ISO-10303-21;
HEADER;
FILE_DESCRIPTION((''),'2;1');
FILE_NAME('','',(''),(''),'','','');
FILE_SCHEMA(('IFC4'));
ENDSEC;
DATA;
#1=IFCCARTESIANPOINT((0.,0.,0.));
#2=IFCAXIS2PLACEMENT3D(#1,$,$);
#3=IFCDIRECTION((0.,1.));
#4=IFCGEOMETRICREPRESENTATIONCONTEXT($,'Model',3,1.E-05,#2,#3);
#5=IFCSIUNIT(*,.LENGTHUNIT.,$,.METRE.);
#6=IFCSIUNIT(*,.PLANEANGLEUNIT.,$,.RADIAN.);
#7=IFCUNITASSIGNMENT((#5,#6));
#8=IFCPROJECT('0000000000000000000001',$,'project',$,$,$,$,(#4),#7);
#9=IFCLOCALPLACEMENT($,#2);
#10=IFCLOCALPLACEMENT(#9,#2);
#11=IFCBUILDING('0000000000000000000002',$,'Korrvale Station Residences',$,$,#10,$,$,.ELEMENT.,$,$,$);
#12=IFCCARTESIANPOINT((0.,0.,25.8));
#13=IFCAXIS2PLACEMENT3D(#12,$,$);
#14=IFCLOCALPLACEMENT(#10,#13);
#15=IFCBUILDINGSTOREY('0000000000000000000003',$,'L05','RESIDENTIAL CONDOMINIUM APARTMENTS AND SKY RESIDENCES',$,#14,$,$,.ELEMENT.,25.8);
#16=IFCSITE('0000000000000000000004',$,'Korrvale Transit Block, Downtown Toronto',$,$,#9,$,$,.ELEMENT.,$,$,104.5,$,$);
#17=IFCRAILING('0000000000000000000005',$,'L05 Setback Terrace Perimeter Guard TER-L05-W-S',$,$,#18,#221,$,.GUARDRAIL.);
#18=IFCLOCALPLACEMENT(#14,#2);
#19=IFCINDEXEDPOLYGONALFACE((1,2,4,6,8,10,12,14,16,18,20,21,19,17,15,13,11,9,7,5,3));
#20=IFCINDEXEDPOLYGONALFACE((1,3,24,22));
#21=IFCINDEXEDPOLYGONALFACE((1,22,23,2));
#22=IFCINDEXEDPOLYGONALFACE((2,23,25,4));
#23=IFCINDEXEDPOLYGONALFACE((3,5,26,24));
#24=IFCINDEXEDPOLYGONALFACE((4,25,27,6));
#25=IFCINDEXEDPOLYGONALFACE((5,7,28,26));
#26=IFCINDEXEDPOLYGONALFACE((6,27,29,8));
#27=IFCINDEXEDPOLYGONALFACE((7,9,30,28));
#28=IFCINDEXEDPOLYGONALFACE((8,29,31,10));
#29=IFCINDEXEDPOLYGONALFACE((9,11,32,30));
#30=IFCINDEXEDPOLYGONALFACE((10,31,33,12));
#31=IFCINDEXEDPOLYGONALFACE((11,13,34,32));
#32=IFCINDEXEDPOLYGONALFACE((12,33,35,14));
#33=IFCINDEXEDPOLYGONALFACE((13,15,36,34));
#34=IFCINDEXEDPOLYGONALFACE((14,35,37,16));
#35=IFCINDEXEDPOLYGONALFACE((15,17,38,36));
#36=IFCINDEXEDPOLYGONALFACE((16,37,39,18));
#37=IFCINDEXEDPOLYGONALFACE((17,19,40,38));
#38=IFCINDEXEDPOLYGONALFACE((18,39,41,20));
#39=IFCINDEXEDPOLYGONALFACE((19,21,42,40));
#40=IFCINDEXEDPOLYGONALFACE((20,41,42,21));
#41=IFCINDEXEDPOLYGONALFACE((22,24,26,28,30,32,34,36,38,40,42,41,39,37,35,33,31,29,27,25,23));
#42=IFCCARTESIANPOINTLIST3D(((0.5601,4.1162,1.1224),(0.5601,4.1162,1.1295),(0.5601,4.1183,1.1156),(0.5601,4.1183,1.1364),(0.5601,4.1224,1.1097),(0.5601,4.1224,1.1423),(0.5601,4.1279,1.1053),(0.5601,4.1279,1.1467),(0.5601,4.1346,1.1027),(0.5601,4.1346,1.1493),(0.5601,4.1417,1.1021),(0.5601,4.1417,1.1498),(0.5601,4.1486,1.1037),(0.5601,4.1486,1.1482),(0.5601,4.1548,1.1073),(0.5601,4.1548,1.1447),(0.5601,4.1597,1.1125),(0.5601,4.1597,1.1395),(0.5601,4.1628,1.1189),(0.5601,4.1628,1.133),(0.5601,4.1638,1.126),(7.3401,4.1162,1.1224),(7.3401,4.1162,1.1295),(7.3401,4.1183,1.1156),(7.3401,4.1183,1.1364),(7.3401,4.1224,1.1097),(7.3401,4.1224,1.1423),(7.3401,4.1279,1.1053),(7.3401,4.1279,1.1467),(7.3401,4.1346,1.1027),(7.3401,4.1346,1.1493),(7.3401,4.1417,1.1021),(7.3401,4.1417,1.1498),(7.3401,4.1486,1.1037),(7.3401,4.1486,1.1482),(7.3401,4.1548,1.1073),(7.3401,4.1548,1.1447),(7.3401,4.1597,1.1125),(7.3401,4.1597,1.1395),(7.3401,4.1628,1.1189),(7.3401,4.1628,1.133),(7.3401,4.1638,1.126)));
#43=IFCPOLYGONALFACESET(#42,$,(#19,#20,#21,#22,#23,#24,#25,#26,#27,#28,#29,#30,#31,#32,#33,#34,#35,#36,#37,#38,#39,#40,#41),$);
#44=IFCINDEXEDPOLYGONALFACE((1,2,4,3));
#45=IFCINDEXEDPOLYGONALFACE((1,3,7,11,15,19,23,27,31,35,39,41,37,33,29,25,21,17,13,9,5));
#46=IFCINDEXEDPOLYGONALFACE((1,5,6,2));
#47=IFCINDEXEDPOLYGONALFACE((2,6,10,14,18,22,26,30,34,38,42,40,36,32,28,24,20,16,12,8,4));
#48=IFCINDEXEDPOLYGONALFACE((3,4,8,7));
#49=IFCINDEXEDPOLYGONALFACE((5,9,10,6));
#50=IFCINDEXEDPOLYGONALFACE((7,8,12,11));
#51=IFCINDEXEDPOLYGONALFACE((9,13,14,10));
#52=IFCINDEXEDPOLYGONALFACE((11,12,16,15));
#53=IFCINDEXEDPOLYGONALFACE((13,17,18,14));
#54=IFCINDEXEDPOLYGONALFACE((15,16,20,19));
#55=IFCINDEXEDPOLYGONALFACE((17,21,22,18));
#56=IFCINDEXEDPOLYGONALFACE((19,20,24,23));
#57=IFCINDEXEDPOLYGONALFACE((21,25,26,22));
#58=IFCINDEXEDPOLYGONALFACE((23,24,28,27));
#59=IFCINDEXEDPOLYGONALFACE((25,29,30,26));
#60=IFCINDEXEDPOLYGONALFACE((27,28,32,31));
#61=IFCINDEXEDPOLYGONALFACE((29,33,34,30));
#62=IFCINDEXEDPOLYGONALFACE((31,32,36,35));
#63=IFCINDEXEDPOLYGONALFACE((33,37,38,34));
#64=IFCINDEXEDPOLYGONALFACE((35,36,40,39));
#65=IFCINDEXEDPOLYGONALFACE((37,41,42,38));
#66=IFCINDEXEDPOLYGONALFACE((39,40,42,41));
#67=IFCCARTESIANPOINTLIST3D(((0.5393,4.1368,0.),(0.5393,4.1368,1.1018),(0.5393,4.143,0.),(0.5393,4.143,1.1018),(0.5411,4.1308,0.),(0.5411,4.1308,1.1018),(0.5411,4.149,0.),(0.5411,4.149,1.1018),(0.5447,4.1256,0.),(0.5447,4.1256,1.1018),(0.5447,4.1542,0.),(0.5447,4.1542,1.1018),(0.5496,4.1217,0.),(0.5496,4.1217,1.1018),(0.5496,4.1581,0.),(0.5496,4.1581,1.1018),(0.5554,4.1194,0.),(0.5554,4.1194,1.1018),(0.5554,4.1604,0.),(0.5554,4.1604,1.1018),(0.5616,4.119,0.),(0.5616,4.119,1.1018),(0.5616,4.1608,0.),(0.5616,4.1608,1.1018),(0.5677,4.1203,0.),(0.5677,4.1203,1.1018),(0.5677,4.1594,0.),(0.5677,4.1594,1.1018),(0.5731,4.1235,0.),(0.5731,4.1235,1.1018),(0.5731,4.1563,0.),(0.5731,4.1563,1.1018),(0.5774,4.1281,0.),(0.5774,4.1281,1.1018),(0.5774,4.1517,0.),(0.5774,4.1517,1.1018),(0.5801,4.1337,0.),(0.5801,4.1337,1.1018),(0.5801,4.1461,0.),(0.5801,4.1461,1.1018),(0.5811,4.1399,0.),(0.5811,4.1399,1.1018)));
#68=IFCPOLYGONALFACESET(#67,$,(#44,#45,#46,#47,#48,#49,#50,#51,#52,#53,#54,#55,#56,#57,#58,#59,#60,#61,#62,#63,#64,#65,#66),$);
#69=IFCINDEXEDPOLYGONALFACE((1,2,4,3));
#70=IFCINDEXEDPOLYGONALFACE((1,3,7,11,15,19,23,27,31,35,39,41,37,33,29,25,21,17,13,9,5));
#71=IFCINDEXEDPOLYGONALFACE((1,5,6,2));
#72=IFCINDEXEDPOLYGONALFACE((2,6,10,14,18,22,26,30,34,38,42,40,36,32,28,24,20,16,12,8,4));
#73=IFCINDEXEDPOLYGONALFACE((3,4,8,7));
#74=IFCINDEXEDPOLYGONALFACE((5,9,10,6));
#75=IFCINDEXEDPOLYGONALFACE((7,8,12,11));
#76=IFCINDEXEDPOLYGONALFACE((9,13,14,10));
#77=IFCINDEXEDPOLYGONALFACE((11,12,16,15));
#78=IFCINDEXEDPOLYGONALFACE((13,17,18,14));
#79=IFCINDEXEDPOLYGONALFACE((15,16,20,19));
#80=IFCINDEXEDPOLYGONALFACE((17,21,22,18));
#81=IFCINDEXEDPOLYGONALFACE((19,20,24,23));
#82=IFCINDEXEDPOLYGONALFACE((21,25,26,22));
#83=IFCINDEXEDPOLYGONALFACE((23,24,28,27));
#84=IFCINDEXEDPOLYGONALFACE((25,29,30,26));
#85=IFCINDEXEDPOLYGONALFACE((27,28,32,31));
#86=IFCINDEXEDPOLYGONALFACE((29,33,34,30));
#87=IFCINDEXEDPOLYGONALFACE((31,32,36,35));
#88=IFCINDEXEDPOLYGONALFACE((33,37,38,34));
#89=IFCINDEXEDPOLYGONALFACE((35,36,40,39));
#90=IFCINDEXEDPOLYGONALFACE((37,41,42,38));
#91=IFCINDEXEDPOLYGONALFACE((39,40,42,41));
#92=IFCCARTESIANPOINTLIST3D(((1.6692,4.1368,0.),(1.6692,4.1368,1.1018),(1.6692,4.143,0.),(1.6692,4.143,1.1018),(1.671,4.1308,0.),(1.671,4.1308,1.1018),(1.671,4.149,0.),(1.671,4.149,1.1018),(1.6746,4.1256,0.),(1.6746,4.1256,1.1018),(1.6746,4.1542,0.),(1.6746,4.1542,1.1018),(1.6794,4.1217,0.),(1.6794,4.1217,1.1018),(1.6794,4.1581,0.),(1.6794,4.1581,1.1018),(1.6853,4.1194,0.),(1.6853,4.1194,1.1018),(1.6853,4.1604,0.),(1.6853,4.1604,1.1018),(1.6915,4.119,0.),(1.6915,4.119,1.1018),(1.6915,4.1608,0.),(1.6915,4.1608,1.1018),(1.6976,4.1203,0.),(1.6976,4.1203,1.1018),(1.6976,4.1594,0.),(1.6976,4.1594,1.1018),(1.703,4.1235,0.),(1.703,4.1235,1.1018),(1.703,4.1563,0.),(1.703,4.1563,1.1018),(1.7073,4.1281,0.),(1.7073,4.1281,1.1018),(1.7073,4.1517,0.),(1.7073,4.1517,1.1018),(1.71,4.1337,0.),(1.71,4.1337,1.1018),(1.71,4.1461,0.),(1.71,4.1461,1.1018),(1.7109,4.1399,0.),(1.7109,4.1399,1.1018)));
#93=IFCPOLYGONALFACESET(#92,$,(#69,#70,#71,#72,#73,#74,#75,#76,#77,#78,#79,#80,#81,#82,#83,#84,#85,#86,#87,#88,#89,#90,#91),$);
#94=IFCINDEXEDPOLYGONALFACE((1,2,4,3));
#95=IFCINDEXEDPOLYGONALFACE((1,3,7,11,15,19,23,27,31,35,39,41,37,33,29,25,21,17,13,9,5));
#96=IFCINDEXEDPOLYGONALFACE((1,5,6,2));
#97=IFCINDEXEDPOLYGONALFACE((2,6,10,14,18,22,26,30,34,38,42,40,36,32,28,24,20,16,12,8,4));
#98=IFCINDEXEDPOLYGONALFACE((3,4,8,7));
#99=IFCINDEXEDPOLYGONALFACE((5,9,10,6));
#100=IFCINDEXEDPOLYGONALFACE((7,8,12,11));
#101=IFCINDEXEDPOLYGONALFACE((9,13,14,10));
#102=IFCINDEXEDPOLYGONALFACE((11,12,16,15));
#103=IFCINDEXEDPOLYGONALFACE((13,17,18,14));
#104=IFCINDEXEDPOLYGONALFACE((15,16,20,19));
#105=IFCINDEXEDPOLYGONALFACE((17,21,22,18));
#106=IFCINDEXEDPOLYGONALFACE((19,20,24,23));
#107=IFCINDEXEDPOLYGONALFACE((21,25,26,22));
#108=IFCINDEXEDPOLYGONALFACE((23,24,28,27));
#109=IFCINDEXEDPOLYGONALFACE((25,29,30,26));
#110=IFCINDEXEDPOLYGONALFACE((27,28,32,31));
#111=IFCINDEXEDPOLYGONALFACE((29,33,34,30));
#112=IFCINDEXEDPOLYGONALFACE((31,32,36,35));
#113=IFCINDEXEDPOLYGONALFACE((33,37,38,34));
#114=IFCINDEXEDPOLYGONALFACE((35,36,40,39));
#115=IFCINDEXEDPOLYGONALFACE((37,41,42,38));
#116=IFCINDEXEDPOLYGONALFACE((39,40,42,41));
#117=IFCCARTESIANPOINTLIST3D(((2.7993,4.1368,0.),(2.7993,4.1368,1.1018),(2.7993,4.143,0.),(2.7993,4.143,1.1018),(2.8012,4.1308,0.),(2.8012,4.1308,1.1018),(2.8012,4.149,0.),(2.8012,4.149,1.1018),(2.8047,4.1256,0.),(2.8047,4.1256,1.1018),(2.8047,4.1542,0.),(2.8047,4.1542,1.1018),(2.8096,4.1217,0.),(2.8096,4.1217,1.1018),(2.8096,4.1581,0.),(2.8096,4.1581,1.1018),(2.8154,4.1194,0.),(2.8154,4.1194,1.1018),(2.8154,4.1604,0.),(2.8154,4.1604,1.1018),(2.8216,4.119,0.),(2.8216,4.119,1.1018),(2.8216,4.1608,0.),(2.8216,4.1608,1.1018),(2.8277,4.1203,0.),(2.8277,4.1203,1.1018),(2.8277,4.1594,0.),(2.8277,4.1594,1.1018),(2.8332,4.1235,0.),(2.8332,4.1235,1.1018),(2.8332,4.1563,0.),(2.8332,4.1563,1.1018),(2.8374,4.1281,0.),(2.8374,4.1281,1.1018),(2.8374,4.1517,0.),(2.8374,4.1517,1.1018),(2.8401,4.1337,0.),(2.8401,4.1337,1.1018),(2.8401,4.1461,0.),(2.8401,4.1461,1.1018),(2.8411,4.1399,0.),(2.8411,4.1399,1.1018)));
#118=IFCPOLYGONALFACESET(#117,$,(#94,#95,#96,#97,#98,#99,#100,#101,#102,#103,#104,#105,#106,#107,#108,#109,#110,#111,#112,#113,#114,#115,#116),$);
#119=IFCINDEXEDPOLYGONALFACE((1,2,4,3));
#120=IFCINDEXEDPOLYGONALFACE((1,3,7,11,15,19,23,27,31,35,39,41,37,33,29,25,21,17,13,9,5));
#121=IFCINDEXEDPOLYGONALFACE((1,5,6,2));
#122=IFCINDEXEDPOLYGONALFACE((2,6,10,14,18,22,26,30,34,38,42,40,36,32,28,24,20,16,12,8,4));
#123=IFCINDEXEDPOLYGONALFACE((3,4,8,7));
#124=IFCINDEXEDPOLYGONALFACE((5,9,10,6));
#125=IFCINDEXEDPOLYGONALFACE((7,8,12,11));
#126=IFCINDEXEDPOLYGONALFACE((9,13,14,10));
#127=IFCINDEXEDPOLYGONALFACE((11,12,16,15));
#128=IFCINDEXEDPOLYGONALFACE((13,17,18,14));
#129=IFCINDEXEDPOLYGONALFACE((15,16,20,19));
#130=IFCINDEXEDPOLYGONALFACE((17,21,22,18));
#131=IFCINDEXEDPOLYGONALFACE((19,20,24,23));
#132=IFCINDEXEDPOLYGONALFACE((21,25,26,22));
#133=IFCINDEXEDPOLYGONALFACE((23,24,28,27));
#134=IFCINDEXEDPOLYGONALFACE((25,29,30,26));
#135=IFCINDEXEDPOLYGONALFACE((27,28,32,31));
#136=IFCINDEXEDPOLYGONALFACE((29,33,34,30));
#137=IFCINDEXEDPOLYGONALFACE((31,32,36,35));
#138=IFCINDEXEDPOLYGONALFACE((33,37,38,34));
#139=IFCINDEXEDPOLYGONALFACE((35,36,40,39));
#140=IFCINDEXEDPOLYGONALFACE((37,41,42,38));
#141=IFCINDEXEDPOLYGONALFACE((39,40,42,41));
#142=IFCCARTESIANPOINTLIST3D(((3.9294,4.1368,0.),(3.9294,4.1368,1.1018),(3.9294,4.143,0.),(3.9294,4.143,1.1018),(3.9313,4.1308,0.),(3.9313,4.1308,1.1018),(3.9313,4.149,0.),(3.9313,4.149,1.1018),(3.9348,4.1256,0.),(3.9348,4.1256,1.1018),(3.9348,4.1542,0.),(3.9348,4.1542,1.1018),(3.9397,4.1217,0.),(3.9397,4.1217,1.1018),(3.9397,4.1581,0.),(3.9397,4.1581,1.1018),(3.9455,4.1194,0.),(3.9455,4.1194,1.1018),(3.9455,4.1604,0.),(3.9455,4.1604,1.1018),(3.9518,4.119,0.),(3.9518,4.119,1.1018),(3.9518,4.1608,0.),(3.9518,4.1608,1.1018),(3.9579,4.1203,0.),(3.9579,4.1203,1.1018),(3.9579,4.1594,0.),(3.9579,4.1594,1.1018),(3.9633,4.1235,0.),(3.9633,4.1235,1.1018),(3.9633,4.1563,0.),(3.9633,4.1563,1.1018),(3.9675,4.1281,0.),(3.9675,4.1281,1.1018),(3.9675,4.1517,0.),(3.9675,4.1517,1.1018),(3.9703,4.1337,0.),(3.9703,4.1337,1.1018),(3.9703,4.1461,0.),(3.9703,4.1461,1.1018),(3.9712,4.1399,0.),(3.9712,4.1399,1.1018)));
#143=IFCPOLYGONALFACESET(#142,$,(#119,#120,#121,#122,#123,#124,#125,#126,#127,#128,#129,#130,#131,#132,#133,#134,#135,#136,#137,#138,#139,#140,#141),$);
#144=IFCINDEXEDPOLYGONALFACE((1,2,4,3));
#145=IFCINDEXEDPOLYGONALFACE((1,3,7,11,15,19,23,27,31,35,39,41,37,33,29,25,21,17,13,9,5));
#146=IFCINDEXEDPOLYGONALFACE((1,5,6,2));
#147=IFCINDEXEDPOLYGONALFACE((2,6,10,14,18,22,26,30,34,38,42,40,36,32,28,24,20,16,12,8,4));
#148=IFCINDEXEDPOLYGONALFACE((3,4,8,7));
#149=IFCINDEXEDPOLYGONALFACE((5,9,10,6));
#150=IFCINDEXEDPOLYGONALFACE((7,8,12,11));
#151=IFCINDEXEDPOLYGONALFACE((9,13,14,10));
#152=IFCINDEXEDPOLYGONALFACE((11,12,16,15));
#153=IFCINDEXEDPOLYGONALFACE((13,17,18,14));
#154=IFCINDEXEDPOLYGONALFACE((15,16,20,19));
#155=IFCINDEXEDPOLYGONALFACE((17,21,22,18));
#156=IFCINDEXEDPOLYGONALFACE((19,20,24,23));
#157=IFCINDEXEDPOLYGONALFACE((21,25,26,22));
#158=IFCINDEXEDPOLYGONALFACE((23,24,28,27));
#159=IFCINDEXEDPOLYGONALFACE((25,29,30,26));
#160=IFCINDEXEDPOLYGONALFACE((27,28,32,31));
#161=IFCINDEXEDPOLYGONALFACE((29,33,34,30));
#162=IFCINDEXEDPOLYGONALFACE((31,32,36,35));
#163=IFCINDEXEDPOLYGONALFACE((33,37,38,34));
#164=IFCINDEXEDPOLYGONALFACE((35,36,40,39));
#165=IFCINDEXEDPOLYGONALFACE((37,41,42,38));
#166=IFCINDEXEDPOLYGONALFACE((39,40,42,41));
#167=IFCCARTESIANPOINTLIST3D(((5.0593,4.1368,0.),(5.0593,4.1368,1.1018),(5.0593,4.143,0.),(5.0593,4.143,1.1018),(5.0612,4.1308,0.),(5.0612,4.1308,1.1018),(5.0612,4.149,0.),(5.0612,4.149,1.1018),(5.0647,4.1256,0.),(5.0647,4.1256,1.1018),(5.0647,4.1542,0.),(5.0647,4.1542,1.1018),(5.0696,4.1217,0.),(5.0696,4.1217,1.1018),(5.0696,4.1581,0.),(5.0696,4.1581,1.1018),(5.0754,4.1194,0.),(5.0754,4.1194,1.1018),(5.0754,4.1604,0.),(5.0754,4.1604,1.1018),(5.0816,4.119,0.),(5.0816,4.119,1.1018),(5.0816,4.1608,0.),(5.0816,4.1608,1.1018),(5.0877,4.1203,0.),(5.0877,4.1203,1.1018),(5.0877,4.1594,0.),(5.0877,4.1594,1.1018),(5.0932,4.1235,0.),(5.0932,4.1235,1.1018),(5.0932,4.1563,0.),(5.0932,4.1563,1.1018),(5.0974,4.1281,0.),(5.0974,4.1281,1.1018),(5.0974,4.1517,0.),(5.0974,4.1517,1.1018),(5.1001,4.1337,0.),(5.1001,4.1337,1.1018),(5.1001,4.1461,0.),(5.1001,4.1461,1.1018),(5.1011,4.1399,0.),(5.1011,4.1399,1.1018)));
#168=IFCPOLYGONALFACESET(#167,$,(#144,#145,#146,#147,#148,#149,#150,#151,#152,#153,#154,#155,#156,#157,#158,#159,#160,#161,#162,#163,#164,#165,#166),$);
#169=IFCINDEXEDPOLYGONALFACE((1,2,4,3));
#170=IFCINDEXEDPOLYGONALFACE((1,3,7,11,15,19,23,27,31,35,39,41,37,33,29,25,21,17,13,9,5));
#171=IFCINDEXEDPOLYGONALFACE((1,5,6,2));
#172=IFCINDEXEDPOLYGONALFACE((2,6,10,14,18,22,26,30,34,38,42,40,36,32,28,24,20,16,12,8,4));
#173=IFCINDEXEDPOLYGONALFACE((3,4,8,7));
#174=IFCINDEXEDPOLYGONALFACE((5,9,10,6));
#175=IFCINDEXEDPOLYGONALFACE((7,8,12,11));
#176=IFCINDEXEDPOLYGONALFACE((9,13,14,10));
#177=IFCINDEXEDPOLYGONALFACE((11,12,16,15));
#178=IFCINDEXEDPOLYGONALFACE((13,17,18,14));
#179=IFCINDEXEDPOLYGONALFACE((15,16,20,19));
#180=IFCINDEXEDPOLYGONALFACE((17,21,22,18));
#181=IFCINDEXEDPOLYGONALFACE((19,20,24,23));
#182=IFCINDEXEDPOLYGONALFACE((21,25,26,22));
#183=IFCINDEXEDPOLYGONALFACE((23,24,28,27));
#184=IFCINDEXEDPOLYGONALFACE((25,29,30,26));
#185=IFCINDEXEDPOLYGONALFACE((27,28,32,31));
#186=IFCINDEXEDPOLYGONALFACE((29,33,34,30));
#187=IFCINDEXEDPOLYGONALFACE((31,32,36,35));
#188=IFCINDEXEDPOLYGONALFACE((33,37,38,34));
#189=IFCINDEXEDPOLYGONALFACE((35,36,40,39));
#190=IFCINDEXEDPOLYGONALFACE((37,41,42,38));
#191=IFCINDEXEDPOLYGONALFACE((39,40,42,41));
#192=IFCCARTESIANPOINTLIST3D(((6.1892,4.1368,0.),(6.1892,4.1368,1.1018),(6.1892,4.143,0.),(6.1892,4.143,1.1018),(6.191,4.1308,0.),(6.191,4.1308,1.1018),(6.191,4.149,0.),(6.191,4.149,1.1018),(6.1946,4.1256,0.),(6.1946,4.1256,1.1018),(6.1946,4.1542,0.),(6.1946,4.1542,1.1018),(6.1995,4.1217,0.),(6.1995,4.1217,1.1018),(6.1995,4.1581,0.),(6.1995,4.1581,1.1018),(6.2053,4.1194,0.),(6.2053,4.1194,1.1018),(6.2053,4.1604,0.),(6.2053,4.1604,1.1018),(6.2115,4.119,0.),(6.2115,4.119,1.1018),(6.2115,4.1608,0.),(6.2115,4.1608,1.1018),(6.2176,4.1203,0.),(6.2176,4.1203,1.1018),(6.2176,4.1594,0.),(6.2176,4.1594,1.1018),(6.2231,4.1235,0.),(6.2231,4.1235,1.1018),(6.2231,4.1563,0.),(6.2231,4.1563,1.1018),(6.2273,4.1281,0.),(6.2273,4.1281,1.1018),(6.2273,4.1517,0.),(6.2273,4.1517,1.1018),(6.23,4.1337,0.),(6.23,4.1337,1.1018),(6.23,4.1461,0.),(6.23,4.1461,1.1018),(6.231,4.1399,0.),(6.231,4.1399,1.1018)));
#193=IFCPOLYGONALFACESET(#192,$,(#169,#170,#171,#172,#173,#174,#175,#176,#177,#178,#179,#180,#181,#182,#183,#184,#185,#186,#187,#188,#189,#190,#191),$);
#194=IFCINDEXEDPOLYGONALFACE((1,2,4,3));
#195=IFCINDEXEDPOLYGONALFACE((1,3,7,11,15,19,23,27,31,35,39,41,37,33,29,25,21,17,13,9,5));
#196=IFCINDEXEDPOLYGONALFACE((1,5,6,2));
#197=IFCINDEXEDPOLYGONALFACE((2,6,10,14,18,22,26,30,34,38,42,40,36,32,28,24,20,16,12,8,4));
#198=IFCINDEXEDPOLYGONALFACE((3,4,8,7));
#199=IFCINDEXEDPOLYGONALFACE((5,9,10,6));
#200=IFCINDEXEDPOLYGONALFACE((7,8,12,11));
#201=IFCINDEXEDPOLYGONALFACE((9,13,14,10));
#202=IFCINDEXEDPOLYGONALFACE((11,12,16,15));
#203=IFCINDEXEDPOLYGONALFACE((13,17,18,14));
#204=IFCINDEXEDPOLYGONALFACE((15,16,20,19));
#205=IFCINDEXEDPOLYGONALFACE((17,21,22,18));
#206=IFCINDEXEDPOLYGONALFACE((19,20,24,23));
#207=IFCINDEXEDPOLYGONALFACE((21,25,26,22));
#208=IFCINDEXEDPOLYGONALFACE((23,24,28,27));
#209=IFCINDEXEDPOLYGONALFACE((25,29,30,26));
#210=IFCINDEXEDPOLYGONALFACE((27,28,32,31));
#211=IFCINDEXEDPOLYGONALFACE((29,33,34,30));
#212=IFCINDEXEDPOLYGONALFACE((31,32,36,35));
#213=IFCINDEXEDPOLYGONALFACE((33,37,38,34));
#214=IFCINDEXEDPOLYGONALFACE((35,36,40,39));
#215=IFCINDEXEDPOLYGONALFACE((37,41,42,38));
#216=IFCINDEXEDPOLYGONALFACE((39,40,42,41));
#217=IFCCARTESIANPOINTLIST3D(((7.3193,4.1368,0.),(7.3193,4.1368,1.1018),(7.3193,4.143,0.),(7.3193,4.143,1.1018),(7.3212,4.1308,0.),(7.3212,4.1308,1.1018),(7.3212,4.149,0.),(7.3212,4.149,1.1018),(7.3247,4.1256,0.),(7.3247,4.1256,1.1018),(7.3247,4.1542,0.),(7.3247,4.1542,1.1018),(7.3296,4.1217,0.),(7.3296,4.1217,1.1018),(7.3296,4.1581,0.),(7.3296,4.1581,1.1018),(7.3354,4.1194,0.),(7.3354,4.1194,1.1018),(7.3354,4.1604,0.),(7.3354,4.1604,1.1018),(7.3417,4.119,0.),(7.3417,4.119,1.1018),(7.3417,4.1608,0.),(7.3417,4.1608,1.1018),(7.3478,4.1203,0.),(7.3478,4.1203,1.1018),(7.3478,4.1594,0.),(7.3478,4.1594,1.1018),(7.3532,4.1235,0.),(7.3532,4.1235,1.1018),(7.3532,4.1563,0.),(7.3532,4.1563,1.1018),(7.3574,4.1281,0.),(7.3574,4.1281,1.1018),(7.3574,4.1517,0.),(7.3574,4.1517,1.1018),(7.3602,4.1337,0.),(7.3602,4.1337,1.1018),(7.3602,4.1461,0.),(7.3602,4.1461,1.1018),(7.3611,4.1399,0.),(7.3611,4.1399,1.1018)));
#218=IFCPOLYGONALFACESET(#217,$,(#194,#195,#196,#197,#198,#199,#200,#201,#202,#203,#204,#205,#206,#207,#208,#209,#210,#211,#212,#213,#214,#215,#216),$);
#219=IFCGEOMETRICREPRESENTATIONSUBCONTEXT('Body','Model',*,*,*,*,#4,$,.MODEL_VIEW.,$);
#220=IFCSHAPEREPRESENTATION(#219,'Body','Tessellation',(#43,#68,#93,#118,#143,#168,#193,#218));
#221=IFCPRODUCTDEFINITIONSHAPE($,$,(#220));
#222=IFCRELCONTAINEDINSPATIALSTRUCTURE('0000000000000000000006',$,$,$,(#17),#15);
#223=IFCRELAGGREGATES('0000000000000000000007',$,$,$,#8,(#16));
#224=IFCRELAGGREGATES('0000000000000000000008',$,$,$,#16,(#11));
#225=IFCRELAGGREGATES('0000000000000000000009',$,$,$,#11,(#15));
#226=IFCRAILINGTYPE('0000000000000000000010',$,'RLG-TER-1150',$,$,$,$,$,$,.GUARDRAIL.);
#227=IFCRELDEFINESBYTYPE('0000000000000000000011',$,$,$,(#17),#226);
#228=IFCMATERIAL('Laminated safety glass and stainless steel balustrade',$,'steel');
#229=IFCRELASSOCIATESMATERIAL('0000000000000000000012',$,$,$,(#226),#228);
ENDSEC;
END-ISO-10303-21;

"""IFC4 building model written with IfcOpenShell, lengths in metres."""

from ifc_helpers import new_model, si_unit, direction, frame, origin, origin_2d, place, context, subcontext, project, spatial, circle, extrude, material, type_object, element, save


model = new_model("IFC4")

# Units and contexts
model_context = context("Model", 3, precision=1e-05, world=origin(), true_north=direction((0.0, 1.0)))
body_context = subcontext(model_context, "Body", "Model", "MODEL_VIEW")
ifc_project = project(units=[si_unit("LENGTHUNIT", "METRE"), si_unit("PLANEANGLEUNIT", "RADIAN")], contexts=[model_context])

# Site, building, storey
site_placement = place(None, origin())
site = spatial("IfcSite", under=ifc_project, at=site_placement, Name="Korrvale Transit Block, Downtown Toronto", CompositionType="ELEMENT", RefElevation=104.5)
building_placement = place(site_placement, origin())
building = spatial("IfcBuilding", under=site, at=building_placement, Name="Korrvale Station Residences", CompositionType="ELEMENT")
storey_placement = place(building_placement, frame((0.0, 0.0, 25.8)))
storey = spatial("IfcBuildingStorey", under=building, at=storey_placement, Name="L05", Description="RESIDENTIAL CONDOMINIUM APARTMENTS AND SKY RESIDENCES", CompositionType="ELEMENT", Elevation=25.8)

# Railing
ifc_material_1 = material(Name="Laminated safety glass and stainless steel balustrade", Category="steel")
railing_type_1 = type_object("IfcRailingType", Name="RLG-TER-1150", PredefinedType="GUARDRAIL", material=ifc_material_1)
railing_1_placement = place(storey_placement, frame((0.5601, 4.1399, 0.0)))
element("IfcRailing", 1, at=railing_1_placement, inside=storey, type_object=railing_type_1, Name="L05 Setback Terrace Perimeter Guard TER-L05-W-S", PredefinedType="GUARDRAIL", context=body_context, shape_type="SweptSolid", body=[
    extrude(circle(Radius=0.0239, at=origin_2d()), frame((0.0, 0.0, 1.126), z_axis=(1.0, 0.0, 0.0), x_axis=(0.0, 1.0, 0.0)), (0.0, 0.0, 1.0), 6.78),
    extrude(circle(Radius=0.021, at=origin_2d()), origin(), (0.0, 0.0, 1.0), 1.1018),
    extrude(circle(Radius=0.021, at=origin_2d()), frame((1.1299, 0.0, 0.0)), (0.0, 0.0, 1.0), 1.1018),
    extrude(circle(Radius=0.021, at=origin_2d()), frame((2.26, 0.0, 0.0)), (0.0, 0.0, 1.0), 1.1018),
    extrude(circle(Radius=0.021, at=origin_2d()), frame((3.3901, 0.0, 0.0)), (0.0, 0.0, 1.0), 1.1018),
    extrude(circle(Radius=0.021, at=origin_2d()), frame((4.52, 0.0, 0.0)), (0.0, 0.0, 1.0), 1.1018),
    extrude(circle(Radius=0.021, at=origin_2d()), frame((5.6499, 0.0, 0.0)), (0.0, 0.0, 1.0), 1.1018),
    extrude(circle(Radius=0.021, at=origin_2d()), frame((6.78, 0.0, 0.0)), (0.0, 0.0, 1.0), 1.1018),
])

save(model, "model.ifc")
